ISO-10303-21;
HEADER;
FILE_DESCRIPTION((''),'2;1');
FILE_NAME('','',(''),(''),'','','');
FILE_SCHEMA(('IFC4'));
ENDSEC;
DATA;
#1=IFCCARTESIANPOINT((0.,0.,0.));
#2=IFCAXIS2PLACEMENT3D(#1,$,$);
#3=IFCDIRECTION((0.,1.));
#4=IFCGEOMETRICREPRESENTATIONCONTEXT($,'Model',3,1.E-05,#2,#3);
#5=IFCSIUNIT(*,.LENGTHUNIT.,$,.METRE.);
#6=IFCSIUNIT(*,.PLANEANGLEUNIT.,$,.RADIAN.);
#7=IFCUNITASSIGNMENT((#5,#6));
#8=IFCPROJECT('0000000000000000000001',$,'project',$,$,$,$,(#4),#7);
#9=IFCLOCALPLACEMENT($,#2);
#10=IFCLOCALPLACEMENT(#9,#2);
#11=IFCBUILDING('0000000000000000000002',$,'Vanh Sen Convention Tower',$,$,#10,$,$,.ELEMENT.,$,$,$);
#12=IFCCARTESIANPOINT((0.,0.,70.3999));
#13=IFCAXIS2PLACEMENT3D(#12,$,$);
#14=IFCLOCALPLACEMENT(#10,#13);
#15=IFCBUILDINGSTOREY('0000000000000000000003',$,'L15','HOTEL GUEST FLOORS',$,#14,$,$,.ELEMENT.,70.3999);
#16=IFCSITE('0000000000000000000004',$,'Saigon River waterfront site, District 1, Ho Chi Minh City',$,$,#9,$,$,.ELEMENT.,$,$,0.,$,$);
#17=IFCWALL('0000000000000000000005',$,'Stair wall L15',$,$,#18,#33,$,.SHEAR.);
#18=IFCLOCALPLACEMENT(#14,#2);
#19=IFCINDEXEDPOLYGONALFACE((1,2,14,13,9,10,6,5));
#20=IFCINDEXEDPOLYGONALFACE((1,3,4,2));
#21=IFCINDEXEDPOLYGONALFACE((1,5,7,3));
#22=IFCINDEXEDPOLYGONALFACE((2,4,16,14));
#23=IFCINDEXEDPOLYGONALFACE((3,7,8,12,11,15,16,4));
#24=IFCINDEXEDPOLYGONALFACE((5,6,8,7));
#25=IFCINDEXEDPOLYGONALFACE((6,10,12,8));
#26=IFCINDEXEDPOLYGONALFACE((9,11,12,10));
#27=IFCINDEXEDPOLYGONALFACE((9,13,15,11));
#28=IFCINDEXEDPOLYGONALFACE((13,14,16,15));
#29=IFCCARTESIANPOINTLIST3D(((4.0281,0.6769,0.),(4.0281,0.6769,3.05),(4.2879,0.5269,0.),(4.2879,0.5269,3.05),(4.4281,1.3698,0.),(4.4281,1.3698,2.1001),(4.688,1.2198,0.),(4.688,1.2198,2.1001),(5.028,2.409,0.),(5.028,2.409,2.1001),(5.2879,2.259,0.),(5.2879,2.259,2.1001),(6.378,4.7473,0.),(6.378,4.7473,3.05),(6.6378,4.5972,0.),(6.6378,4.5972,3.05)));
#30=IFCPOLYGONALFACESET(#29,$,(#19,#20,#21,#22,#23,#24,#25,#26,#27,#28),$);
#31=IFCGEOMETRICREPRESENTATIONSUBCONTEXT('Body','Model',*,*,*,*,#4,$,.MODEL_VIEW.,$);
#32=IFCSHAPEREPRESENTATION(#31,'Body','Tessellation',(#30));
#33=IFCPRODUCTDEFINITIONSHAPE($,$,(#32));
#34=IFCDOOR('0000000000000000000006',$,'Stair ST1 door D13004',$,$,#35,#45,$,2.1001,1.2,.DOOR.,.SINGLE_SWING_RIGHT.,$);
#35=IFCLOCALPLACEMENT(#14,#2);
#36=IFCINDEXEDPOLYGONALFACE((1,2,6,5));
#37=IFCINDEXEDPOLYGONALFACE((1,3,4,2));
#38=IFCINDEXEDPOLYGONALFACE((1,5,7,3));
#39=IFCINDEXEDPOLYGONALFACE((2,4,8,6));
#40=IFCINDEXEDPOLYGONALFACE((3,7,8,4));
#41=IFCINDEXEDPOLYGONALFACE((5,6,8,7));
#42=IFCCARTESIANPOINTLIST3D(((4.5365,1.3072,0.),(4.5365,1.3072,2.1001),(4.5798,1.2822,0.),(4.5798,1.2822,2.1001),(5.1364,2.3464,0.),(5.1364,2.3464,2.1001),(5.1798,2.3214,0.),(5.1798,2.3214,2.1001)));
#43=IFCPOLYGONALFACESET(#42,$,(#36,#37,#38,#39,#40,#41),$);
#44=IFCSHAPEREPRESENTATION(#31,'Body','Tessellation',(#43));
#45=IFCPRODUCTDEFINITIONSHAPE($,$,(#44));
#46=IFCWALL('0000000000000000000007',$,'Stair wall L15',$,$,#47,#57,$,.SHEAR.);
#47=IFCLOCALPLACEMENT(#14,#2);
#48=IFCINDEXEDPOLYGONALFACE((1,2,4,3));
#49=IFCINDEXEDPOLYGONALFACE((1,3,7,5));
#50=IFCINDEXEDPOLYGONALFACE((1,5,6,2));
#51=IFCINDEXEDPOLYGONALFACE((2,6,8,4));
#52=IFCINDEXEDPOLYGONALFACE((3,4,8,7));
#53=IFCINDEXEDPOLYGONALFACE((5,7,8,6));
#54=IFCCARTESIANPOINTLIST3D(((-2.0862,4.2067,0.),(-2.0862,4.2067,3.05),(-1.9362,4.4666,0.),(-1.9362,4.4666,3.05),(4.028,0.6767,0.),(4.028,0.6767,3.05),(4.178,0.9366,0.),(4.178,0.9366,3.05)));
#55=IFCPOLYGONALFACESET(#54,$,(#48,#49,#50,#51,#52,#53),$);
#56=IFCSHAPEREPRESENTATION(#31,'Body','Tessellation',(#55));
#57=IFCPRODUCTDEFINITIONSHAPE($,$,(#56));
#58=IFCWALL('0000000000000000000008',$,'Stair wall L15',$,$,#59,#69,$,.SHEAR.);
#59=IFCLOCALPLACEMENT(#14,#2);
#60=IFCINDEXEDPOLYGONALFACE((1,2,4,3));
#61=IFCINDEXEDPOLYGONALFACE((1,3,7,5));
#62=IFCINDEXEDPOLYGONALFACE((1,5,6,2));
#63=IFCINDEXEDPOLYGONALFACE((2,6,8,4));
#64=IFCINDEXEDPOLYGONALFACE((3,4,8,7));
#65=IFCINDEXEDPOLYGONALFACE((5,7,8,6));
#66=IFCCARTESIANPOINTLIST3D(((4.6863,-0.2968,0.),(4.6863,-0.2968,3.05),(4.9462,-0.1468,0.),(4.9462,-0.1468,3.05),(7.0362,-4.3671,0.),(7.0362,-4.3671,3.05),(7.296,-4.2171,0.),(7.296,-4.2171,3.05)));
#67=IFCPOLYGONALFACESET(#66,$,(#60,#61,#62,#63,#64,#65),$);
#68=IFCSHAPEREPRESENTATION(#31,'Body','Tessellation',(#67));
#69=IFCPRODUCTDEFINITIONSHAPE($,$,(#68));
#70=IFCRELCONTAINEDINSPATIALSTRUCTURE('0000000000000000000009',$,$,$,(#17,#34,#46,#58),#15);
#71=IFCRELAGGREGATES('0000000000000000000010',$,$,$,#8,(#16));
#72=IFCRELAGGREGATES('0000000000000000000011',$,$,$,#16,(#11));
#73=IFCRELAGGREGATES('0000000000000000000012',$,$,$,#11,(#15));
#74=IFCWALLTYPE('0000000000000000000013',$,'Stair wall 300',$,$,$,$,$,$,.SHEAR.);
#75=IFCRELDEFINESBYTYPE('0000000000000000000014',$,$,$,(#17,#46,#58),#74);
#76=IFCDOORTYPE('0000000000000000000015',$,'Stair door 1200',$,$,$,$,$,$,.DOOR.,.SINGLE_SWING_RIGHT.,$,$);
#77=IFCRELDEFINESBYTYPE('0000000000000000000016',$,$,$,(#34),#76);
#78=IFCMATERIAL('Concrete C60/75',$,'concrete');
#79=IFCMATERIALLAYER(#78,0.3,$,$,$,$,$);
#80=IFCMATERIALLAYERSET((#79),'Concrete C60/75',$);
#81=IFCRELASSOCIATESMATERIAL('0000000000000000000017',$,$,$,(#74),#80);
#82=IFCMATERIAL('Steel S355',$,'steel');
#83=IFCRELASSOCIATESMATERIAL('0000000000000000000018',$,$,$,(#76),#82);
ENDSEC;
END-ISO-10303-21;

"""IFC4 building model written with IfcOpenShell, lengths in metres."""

from ifc_helpers import new_model, si_unit, direction, frame, frame_2d, origin, place, context, subcontext, project, spatial, rectangle, extrude, material, layer, layer_set, type_object, element, fill, save


model = new_model("IFC4")

# Units and contexts
model_context = context("Model", 3, precision=1e-05, world=origin(), true_north=direction((0.0, 1.0)))
body_context = subcontext(model_context, "Body", "Model", "MODEL_VIEW")
ifc_project = project(units=[si_unit("LENGTHUNIT", "METRE"), si_unit("PLANEANGLEUNIT", "RADIAN")], contexts=[model_context])

# Site, building, storey
site_placement = place(None, origin())
site = spatial("IfcSite", under=ifc_project, at=site_placement, Name="Saigon River waterfront site, District 1, Ho Chi Minh City", CompositionType="ELEMENT", RefElevation=0.0)
building_placement = place(site_placement, origin())
building = spatial("IfcBuilding", under=site, at=building_placement, Name="Vanh Sen Convention Tower", CompositionType="ELEMENT")
storey_placement = place(building_placement, frame((0.0, 0.0, 70.3999)))
storey = spatial("IfcBuildingStorey", under=building, at=storey_placement, Name="L15", Description="HOTEL GUEST FLOORS", CompositionType="ELEMENT", Elevation=70.3999)

# Shared definitions
ifc_material_1 = material(Name="Steel S355", Category="steel")

# Wall, opening, door
ifc_material_2 = material(Name="Concrete C60/75", Category="concrete")
ifc_layer_1 = layer(ifc_material_2, 0.3)
ifc_layer_set_1 = layer_set([ifc_layer_1], Name="Concrete C60/75")
wall_type_1 = type_object("IfcWallType", Name="Stair wall 300", PredefinedType="SHEAR", material=ifc_layer_set_1)
wall_1_placement = place(storey_placement, frame((4.158, 0.6018, 0.0), z_axis=(0.0, 0.0, 1.0), x_axis=(0.499977, 0.866039, 0.0)))
wall_1 = element("IfcWall", 1, at=wall_1_placement, inside=storey, type_object=wall_type_1, Name="Stair wall L15", PredefinedType="SHEAR", context=body_context, shape_type="SweptSolid", body=[
    extrude(rectangle(XDim=4.7, YDim=0.3, at=frame_2d((2.3501, 0.0))), origin(), (0.0, 0.0, 1.0), 3.05),
])
opening_1_placement = place(wall_1_placement, frame((0.8, 0.0, 0.0)))
opening_1 = element("IfcOpeningElement", 2, at=opening_1_placement, cuts=wall_1, PredefinedType="OPENING", context=body_context, shape_type="SweptSolid", body=[
    extrude(rectangle(XDim=1.2, YDim=2.1001, at=frame_2d((0.6001, 1.05))), frame((0.0, 0.1599, 0.0), z_axis=(0.0, -1.0, 0.0), x_axis=(1.0, 0.0, 0.0)), (0.0, 0.0, 1.0), 0.3201),
])
door_type_1 = type_object("IfcDoorType", Name="Stair door 1200", OperationType="SINGLE_SWING_RIGHT", PredefinedType="DOOR", material=ifc_material_1)
door_1_placement = place(opening_1_placement, origin())
door_1 = element("IfcDoor", 3, at=door_1_placement, inside=storey, type_object=door_type_1, Name="Stair ST1 door D13004", OperationType="SINGLE_SWING_RIGHT", OverallHeight=2.1001, OverallWidth=1.2, PredefinedType="DOOR", context=body_context, shape_type="SweptSolid", body=[
    extrude(rectangle(XDim=1.2, YDim=2.1001, at=frame_2d((0.6001, 1.05))), frame((0.0, 0.0249, 0.0), z_axis=(0.0, -1.0, 0.0), x_axis=(1.0, 0.0, 0.0)), (0.0, 0.0, 1.0), 0.05),
])
fill(opening_1, door_1)

# Walls
wall_2_placement = place(storey_placement, frame((4.103, 0.8066, 0.0), z_axis=(0.0, 0.0, 1.0), x_axis=(-0.866028, 0.499996, 0.0)))
element("IfcWall", 4, at=wall_2_placement, inside=storey, type_object=wall_type_1, Name="Stair wall L15", PredefinedType="SHEAR", context=body_context, shape_type="SweptSolid", body=[
    extrude(rectangle(XDim=7.0601, YDim=0.3, at=frame_2d((3.53, 0.0))), origin(), (0.0, 0.0, 1.0), 3.05),
])
wall_3_placement = place(storey_placement, frame((4.8162, -0.2217, 0.0), z_axis=(0.0, 0.0, 1.0), x_axis=(0.499977, -0.866039, 0.0)))
element("IfcWall", 5, at=wall_3_placement, inside=storey, type_object=wall_type_1, Name="Stair wall L15", PredefinedType="SHEAR", context=body_context, shape_type="SweptSolid", body=[
    extrude(rectangle(XDim=4.7, YDim=0.3, at=frame_2d((2.3501, 0.0))), origin(), (0.0, 0.0, 1.0), 3.05),
])

save(model, "model.ifc")
